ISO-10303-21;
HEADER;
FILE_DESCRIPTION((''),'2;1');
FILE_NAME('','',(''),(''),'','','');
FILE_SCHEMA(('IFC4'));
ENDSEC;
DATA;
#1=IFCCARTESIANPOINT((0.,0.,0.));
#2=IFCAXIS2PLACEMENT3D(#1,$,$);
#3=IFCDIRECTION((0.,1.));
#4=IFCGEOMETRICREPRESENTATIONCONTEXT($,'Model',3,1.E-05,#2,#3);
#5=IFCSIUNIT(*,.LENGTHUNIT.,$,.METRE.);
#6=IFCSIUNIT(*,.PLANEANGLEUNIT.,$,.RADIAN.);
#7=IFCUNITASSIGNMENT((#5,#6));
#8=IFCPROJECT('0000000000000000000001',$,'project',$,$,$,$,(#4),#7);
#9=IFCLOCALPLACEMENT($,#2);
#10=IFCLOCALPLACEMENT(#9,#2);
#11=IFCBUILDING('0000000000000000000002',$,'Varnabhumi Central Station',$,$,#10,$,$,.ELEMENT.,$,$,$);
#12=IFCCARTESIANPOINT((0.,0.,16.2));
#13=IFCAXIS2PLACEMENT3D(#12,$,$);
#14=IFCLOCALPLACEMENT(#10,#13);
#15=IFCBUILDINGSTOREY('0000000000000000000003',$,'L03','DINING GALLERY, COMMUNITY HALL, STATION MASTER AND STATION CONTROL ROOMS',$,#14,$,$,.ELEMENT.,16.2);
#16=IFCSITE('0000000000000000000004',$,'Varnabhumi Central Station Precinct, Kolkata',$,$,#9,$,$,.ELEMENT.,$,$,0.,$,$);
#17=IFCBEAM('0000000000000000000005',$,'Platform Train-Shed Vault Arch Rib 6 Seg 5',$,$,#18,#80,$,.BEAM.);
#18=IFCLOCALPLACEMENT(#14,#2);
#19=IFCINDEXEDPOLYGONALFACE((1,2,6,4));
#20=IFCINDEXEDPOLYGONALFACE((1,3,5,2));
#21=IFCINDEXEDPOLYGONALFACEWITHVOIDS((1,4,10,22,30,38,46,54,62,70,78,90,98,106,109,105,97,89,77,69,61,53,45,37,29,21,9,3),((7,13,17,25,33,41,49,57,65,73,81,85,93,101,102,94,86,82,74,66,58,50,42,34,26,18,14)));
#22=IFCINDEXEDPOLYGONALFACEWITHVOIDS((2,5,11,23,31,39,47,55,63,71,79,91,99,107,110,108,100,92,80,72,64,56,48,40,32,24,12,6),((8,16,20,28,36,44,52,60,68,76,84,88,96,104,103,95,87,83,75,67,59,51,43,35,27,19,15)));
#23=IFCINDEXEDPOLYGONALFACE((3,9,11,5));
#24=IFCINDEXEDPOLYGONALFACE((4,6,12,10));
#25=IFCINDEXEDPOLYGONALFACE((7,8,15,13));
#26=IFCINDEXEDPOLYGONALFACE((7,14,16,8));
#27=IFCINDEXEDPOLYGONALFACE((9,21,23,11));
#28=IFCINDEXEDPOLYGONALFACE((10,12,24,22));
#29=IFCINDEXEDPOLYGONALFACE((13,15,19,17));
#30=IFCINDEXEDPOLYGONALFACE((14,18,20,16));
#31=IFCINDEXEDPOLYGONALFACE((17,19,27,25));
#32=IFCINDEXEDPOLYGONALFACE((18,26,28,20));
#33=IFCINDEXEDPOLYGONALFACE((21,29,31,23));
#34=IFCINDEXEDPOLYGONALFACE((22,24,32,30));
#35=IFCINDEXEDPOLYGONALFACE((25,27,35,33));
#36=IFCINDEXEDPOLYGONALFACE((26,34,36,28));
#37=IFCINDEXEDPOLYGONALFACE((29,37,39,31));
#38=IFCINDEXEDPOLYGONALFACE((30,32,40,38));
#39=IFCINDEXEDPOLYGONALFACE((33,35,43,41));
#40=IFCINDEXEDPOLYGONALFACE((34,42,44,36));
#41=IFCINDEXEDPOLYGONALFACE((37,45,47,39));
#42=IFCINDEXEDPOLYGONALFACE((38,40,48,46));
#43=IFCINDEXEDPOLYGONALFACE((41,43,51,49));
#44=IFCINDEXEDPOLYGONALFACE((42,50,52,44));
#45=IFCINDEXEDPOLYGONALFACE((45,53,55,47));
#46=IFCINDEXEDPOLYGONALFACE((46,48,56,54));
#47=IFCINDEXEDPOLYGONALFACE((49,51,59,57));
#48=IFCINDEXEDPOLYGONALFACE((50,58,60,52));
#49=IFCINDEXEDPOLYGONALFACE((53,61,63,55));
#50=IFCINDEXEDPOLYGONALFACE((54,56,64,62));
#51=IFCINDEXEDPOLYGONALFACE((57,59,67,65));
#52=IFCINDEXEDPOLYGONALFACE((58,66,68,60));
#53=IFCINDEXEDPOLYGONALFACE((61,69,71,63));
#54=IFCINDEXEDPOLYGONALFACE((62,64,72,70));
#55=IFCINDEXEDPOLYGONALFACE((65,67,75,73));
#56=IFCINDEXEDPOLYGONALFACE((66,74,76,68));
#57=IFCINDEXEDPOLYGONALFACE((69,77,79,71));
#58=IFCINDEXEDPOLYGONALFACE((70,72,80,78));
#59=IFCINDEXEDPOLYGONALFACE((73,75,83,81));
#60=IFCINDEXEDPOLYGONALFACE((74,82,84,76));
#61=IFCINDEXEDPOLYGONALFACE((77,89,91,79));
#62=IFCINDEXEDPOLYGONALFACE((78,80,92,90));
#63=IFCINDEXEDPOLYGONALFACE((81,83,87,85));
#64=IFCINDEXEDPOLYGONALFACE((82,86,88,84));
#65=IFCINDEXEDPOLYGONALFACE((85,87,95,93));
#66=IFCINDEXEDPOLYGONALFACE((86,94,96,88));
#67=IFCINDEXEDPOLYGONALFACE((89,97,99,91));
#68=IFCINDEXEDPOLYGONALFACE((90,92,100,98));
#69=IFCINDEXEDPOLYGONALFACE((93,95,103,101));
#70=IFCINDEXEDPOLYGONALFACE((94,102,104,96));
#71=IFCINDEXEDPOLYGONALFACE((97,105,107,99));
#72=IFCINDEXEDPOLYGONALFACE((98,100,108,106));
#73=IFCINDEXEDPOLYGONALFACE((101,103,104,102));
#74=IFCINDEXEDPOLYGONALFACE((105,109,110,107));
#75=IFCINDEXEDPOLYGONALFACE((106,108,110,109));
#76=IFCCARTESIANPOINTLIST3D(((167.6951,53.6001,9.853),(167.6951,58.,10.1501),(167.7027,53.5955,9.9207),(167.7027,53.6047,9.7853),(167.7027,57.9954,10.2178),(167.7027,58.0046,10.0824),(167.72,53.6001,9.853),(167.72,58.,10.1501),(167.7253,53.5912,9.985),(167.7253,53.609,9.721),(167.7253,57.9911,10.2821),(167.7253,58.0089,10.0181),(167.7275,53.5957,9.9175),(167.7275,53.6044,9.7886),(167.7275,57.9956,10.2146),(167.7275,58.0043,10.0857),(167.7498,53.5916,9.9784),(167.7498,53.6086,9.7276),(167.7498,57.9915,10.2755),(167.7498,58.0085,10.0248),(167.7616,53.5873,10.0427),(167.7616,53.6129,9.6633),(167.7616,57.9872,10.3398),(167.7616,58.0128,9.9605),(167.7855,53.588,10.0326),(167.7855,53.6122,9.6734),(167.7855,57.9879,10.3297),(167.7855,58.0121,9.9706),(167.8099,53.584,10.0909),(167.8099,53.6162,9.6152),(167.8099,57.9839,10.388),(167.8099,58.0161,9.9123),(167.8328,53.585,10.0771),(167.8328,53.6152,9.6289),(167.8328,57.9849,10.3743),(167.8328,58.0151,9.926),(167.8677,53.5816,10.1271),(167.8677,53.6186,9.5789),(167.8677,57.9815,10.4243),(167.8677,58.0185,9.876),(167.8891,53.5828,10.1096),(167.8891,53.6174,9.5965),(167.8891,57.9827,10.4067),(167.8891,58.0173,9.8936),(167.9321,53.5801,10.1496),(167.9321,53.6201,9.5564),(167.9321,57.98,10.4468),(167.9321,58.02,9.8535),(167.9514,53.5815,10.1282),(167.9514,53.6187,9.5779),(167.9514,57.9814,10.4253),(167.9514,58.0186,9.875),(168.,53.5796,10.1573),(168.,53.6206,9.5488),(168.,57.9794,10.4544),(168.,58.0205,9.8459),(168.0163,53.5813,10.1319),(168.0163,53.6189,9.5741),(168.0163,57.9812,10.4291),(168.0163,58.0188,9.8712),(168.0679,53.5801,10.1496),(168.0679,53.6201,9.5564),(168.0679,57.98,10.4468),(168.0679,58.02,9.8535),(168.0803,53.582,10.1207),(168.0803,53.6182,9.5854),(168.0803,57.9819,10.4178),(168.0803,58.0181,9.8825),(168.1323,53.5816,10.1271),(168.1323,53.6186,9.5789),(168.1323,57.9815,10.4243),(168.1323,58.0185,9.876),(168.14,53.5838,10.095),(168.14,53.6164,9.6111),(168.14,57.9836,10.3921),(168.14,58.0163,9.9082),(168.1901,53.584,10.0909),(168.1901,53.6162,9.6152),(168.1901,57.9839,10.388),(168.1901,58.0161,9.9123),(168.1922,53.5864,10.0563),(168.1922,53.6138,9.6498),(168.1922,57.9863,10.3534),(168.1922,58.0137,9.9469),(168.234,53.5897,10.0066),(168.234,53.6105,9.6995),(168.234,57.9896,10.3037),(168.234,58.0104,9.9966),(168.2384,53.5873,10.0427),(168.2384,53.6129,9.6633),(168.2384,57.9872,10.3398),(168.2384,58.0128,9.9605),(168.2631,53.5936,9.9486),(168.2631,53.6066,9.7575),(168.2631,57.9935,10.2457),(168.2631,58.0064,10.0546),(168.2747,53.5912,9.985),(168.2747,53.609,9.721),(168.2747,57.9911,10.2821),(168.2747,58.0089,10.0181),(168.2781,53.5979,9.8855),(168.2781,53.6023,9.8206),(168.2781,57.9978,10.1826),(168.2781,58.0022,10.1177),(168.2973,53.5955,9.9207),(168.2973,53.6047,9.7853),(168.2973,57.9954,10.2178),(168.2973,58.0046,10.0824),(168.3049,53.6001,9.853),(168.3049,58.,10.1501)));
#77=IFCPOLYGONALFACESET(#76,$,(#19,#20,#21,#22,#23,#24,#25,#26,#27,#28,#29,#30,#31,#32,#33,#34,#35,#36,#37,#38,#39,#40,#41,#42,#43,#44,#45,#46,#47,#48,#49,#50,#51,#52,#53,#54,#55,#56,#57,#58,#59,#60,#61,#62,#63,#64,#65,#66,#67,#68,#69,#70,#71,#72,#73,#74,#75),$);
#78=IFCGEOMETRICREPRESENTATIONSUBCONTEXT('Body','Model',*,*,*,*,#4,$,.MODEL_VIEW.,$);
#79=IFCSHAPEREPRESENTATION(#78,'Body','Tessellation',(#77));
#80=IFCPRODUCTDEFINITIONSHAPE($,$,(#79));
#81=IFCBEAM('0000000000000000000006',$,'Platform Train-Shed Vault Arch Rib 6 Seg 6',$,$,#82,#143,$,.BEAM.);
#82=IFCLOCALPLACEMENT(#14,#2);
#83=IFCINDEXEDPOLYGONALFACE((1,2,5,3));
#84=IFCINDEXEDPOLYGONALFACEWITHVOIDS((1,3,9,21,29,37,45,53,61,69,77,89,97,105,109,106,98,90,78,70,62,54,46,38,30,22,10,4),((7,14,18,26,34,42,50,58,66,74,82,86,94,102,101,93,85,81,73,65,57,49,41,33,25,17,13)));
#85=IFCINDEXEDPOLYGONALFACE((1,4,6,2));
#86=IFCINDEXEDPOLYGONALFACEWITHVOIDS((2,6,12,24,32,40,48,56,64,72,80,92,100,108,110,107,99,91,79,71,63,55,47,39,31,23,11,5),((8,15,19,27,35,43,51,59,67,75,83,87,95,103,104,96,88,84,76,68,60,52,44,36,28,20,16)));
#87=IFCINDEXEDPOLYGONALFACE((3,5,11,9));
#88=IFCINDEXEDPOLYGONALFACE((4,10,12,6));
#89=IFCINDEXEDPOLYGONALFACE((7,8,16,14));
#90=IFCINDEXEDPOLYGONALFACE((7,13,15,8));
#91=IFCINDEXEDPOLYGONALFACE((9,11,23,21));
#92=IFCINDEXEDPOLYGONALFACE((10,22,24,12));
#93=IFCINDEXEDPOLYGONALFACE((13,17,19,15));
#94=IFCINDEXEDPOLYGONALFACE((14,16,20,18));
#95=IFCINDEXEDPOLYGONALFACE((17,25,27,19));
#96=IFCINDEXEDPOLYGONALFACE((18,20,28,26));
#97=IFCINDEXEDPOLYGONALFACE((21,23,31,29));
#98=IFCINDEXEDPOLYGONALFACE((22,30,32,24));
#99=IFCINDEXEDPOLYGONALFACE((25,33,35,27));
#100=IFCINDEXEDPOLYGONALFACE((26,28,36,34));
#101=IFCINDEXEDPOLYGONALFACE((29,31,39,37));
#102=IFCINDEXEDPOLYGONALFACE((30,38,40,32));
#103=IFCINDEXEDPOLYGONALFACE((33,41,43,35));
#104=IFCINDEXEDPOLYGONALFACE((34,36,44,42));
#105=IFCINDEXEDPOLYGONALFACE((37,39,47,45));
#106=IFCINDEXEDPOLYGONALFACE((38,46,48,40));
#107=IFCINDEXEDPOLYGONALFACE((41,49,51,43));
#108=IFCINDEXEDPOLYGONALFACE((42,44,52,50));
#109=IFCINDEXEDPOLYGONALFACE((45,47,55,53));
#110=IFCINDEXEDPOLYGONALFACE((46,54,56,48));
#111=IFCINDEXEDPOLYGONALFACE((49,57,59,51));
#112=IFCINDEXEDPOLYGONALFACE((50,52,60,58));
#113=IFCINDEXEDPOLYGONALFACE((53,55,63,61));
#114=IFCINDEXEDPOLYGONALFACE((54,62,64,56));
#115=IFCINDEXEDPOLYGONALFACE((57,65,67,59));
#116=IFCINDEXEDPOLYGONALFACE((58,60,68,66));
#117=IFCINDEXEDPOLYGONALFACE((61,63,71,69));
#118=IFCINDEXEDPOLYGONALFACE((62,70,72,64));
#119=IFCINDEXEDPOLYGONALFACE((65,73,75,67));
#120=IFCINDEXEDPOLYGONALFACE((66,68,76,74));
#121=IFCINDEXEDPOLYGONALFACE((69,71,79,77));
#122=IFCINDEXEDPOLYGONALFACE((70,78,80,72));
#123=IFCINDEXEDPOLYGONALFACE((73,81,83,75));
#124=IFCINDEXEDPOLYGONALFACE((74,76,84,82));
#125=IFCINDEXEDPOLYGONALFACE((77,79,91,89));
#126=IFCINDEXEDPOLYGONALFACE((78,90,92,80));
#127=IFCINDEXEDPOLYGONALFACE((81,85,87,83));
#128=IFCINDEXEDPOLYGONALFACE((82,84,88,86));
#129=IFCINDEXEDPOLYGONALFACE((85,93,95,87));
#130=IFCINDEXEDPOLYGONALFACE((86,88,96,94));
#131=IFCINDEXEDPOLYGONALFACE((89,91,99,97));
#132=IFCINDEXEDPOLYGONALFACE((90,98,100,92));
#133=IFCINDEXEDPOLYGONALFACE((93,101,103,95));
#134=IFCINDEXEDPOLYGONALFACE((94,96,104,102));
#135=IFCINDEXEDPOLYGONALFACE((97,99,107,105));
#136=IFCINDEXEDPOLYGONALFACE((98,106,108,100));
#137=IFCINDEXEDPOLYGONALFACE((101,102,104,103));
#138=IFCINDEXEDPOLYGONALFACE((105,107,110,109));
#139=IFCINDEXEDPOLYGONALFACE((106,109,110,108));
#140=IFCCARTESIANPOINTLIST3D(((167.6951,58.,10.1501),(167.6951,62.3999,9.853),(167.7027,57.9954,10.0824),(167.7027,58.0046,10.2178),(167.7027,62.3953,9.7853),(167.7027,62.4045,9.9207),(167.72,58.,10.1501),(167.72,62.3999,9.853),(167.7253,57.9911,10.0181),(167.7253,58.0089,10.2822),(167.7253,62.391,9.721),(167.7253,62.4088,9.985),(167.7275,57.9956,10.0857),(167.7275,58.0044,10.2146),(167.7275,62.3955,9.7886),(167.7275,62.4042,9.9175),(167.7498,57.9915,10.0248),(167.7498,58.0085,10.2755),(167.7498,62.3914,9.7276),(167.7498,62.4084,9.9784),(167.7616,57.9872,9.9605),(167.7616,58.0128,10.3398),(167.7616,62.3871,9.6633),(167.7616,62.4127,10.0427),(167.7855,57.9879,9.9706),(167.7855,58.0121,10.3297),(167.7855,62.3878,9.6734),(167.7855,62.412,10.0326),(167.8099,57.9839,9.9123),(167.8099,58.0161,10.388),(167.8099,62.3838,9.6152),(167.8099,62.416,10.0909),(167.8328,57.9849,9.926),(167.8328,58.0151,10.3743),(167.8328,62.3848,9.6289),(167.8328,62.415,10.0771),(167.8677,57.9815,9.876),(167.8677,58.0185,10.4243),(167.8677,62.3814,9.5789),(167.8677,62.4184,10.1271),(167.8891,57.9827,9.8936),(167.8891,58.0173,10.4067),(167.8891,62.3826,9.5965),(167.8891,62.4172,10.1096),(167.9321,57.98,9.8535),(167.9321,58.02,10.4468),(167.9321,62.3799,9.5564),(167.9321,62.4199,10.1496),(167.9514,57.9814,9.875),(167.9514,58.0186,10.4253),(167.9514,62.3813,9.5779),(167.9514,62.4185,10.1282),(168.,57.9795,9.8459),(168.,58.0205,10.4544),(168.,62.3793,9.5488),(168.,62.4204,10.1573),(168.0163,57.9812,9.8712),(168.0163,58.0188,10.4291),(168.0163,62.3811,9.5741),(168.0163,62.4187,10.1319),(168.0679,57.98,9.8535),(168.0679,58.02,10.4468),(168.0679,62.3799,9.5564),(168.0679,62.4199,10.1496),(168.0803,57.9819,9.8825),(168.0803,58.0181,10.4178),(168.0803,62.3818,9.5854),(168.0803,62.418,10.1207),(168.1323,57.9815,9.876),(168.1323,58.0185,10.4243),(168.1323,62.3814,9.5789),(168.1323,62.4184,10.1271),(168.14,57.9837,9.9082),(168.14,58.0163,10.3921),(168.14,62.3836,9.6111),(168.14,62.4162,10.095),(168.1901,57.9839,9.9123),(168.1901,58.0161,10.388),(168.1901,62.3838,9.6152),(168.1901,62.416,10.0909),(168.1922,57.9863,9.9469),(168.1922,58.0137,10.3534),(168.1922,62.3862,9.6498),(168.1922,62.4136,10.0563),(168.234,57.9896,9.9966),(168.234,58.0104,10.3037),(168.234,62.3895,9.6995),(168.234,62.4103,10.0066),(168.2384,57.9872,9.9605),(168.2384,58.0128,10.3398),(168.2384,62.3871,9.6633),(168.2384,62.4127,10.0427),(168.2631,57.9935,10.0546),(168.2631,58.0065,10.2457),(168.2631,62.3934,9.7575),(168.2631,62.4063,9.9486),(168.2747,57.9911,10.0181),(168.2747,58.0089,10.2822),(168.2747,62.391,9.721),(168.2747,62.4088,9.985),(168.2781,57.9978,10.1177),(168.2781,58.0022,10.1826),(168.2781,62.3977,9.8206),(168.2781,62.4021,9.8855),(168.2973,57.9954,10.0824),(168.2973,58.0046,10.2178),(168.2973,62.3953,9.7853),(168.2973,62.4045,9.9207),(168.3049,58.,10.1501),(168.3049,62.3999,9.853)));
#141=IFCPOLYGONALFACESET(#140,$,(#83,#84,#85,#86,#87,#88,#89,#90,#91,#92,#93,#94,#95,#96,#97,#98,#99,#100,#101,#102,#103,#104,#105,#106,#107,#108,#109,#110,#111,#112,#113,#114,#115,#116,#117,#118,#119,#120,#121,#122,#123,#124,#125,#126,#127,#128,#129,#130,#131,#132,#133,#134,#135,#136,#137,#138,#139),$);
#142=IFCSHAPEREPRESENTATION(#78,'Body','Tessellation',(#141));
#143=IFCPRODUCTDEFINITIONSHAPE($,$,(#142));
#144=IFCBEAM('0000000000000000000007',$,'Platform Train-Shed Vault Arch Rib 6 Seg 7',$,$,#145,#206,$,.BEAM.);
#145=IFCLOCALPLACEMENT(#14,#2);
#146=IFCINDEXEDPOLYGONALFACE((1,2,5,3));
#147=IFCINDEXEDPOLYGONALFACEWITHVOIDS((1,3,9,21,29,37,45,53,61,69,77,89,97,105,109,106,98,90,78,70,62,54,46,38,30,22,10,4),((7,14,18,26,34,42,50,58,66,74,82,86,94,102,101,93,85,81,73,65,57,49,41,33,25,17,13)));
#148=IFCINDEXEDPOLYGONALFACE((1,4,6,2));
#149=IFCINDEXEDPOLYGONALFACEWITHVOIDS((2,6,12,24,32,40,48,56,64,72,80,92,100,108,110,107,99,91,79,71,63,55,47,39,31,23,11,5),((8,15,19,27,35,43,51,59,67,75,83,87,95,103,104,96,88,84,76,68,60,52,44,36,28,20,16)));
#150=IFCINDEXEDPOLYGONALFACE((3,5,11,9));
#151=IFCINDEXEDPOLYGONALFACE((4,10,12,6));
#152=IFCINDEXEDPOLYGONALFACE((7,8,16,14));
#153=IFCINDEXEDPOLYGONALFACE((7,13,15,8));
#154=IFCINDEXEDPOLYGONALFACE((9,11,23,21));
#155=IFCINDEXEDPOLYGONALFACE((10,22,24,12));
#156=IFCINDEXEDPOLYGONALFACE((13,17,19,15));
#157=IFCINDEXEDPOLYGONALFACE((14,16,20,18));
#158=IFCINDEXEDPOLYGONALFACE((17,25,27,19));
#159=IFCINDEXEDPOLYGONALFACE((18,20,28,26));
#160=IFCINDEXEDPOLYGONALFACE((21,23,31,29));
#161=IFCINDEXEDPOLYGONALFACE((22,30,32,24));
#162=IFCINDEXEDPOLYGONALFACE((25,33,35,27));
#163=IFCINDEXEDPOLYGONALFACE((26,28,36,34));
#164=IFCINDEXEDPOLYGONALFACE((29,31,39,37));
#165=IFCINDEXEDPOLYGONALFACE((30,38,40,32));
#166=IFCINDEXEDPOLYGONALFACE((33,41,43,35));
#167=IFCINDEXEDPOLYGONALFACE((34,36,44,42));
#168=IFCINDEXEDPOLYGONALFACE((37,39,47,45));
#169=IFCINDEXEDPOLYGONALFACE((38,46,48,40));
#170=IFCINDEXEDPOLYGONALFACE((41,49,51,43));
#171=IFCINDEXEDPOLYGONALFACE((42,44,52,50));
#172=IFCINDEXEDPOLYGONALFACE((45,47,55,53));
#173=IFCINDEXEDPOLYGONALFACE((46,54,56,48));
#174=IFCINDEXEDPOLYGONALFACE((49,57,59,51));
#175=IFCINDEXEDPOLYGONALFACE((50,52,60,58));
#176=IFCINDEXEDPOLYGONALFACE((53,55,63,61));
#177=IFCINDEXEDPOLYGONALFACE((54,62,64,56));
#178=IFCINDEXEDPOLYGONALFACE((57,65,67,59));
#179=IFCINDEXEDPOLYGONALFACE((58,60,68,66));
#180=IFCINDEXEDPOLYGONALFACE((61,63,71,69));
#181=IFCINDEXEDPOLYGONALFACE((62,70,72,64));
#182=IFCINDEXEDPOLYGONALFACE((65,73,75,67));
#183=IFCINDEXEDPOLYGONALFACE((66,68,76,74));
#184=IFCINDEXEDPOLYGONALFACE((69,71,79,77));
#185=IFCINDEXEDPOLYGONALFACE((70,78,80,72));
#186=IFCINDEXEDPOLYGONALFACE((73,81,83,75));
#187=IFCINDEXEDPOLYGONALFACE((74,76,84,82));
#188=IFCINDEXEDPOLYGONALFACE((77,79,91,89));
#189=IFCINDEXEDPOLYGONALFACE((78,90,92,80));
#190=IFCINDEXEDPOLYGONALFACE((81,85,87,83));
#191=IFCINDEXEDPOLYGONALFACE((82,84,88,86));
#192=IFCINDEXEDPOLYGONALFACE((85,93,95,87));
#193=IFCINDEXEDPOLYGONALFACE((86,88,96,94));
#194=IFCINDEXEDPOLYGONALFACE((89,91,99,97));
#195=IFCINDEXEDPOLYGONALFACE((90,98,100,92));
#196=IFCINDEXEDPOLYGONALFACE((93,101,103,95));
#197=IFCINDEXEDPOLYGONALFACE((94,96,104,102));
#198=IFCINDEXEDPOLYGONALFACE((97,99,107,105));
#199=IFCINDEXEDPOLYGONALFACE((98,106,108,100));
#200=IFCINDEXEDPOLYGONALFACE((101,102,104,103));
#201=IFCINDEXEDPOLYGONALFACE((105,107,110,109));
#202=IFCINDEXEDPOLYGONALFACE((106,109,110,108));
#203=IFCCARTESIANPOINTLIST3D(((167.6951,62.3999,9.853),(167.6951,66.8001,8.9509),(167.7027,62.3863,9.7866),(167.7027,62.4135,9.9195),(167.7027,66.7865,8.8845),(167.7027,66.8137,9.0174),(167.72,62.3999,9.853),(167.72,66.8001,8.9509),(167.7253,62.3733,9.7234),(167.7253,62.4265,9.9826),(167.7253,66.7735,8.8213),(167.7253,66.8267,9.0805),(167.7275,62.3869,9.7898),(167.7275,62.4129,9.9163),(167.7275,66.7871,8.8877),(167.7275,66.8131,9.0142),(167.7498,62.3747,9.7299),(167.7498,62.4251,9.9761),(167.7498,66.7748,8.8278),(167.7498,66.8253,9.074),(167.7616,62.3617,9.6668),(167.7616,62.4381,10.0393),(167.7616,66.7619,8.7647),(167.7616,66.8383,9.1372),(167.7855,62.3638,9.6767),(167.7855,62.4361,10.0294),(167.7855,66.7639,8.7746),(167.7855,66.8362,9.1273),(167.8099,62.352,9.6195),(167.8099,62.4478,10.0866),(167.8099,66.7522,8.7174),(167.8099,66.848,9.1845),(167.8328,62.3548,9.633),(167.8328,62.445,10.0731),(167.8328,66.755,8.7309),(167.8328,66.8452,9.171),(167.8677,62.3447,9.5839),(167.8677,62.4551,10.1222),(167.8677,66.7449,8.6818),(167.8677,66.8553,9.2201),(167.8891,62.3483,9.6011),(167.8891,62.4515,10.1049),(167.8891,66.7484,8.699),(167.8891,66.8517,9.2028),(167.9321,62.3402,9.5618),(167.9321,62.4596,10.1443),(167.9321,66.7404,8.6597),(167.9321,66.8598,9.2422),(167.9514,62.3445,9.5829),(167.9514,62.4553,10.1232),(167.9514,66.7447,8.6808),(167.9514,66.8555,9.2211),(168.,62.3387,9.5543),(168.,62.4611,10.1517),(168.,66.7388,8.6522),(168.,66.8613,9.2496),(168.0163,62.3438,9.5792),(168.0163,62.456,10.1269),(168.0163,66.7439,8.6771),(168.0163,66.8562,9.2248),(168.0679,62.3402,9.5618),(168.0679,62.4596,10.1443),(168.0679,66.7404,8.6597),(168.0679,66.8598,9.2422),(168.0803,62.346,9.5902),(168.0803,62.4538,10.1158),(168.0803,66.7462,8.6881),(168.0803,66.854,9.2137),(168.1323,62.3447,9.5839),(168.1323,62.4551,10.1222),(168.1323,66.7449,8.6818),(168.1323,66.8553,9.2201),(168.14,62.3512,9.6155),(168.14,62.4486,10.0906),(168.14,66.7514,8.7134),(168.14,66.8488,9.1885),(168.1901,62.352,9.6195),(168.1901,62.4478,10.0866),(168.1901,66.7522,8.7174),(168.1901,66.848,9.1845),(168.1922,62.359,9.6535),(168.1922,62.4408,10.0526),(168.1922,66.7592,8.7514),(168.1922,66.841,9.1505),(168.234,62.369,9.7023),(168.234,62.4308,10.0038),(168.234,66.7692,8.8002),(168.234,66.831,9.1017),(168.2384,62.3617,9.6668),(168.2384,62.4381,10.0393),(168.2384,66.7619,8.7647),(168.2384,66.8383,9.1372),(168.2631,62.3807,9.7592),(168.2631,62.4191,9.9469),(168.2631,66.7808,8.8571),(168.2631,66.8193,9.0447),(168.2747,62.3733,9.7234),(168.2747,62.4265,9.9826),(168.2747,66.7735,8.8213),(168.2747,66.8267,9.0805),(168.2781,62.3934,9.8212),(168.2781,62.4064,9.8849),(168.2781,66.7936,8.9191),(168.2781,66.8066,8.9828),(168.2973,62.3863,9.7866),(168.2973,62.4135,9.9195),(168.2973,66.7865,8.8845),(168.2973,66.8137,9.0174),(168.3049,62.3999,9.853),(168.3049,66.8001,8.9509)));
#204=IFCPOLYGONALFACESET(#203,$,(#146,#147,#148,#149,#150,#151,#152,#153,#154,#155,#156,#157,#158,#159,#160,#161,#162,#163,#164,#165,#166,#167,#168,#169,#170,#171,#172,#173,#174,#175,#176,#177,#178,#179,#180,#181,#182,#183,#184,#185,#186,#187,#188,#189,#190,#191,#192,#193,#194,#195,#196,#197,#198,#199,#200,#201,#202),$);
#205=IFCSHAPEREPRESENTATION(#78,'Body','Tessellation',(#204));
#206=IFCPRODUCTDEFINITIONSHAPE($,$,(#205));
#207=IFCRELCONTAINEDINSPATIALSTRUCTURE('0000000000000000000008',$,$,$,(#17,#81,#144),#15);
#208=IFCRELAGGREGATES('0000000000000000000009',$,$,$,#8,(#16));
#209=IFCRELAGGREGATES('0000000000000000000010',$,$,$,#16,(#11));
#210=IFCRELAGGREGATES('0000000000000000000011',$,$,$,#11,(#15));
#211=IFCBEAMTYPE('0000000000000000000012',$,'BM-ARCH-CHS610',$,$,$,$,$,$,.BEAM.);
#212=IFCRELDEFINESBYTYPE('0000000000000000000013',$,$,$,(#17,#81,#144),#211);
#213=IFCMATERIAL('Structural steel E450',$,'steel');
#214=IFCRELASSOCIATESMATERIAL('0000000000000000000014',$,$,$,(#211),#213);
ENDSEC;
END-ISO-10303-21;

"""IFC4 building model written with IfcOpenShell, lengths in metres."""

from ifc_helpers import new_model, si_unit, direction, frame, origin, origin_2d, place, context, subcontext, project, spatial, hollow_circle, extrude, material, material_profile, profile_set, type_object, element, save


model = new_model("IFC4")

# Units and contexts
model_context = context("Model", 3, precision=1e-05, world=origin(), true_north=direction((0.0, 1.0)))
body_context = subcontext(model_context, "Body", "Model", "MODEL_VIEW")
ifc_project = project(units=[si_unit("LENGTHUNIT", "METRE"), si_unit("PLANEANGLEUNIT", "RADIAN")], contexts=[model_context])

# Site, building, storey
site_placement = place(None, origin())
site = spatial("IfcSite", under=ifc_project, at=site_placement, Name="Varnabhumi Central Station Precinct, Kolkata", CompositionType="ELEMENT", RefElevation=0.0)
building_placement = place(site_placement, origin())
building = spatial("IfcBuilding", under=site, at=building_placement, Name="Varnabhumi Central Station", CompositionType="ELEMENT")
storey_placement = place(building_placement, frame((0.0, 0.0, 16.2)))
storey = spatial("IfcBuildingStorey", under=building, at=storey_placement, Name="L03", Description="DINING GALLERY, COMMUNITY HALL, STATION MASTER AND STATION CONTROL ROOMS", CompositionType="ELEMENT", Elevation=16.2)

# Beams
ifc_material_1 = material(Name="Structural steel E450", Category="steel")
ifc_material_profile_1 = material_profile(ifc_material_1, hollow_circle(Radius=0.3049, WallThickness=0.0249, at=origin_2d()), Name="Structural steel E450", Category="steel")
ifc_profile_set_1 = profile_set([ifc_material_profile_1], Name="Structural steel E450")
beam_type_1 = type_object("IfcBeamType", Name="BM-ARCH-CHS610", PredefinedType="BEAM", material=ifc_profile_set_1)
for number, where, z_axis, x_axis, name in (
    (1, (168.0, 53.6001, 9.853), (0.0, 0.997728, 0.067375), (-1.0, 0.0, 0.0), "Platform Train-Shed Vault Arch Rib 6 Seg 5"),
    (2, (168.0, 58.0, 10.1501), (0.0, 0.997728, -0.067375), (-1.0, 0.0, 0.0), "Platform Train-Shed Vault Arch Rib 6 Seg 6"),
):
    element("IfcBeam", number, at=place(storey_placement, frame(where, z_axis=z_axis, x_axis=x_axis)), inside=storey, type_object=beam_type_1, Name=name, PredefinedType="BEAM", context=body_context, shape_type="SweptSolid", body=[
        extrude(hollow_circle(Radius=0.3049, WallThickness=0.0249, at=origin_2d()), origin(), (0.0, 0.0, 1.0), 4.4099),
    ])
beam_1_placement = place(storey_placement, frame((168.0, 62.3999, 9.853), z_axis=(0.0, 0.979624, -0.200838), x_axis=(-1.0, 0.0, 0.0)))
element("IfcBeam", 3, at=beam_1_placement, inside=storey, type_object=beam_type_1, Name="Platform Train-Shed Vault Arch Rib 6 Seg 7", PredefinedType="BEAM", context=body_context, shape_type="SweptSolid", body=[
    extrude(hollow_circle(Radius=0.3049, WallThickness=0.0249, at=origin_2d()), origin(), (0.0, 0.0, 1.0), 4.4917),
])

save(model, "model.ifc")
